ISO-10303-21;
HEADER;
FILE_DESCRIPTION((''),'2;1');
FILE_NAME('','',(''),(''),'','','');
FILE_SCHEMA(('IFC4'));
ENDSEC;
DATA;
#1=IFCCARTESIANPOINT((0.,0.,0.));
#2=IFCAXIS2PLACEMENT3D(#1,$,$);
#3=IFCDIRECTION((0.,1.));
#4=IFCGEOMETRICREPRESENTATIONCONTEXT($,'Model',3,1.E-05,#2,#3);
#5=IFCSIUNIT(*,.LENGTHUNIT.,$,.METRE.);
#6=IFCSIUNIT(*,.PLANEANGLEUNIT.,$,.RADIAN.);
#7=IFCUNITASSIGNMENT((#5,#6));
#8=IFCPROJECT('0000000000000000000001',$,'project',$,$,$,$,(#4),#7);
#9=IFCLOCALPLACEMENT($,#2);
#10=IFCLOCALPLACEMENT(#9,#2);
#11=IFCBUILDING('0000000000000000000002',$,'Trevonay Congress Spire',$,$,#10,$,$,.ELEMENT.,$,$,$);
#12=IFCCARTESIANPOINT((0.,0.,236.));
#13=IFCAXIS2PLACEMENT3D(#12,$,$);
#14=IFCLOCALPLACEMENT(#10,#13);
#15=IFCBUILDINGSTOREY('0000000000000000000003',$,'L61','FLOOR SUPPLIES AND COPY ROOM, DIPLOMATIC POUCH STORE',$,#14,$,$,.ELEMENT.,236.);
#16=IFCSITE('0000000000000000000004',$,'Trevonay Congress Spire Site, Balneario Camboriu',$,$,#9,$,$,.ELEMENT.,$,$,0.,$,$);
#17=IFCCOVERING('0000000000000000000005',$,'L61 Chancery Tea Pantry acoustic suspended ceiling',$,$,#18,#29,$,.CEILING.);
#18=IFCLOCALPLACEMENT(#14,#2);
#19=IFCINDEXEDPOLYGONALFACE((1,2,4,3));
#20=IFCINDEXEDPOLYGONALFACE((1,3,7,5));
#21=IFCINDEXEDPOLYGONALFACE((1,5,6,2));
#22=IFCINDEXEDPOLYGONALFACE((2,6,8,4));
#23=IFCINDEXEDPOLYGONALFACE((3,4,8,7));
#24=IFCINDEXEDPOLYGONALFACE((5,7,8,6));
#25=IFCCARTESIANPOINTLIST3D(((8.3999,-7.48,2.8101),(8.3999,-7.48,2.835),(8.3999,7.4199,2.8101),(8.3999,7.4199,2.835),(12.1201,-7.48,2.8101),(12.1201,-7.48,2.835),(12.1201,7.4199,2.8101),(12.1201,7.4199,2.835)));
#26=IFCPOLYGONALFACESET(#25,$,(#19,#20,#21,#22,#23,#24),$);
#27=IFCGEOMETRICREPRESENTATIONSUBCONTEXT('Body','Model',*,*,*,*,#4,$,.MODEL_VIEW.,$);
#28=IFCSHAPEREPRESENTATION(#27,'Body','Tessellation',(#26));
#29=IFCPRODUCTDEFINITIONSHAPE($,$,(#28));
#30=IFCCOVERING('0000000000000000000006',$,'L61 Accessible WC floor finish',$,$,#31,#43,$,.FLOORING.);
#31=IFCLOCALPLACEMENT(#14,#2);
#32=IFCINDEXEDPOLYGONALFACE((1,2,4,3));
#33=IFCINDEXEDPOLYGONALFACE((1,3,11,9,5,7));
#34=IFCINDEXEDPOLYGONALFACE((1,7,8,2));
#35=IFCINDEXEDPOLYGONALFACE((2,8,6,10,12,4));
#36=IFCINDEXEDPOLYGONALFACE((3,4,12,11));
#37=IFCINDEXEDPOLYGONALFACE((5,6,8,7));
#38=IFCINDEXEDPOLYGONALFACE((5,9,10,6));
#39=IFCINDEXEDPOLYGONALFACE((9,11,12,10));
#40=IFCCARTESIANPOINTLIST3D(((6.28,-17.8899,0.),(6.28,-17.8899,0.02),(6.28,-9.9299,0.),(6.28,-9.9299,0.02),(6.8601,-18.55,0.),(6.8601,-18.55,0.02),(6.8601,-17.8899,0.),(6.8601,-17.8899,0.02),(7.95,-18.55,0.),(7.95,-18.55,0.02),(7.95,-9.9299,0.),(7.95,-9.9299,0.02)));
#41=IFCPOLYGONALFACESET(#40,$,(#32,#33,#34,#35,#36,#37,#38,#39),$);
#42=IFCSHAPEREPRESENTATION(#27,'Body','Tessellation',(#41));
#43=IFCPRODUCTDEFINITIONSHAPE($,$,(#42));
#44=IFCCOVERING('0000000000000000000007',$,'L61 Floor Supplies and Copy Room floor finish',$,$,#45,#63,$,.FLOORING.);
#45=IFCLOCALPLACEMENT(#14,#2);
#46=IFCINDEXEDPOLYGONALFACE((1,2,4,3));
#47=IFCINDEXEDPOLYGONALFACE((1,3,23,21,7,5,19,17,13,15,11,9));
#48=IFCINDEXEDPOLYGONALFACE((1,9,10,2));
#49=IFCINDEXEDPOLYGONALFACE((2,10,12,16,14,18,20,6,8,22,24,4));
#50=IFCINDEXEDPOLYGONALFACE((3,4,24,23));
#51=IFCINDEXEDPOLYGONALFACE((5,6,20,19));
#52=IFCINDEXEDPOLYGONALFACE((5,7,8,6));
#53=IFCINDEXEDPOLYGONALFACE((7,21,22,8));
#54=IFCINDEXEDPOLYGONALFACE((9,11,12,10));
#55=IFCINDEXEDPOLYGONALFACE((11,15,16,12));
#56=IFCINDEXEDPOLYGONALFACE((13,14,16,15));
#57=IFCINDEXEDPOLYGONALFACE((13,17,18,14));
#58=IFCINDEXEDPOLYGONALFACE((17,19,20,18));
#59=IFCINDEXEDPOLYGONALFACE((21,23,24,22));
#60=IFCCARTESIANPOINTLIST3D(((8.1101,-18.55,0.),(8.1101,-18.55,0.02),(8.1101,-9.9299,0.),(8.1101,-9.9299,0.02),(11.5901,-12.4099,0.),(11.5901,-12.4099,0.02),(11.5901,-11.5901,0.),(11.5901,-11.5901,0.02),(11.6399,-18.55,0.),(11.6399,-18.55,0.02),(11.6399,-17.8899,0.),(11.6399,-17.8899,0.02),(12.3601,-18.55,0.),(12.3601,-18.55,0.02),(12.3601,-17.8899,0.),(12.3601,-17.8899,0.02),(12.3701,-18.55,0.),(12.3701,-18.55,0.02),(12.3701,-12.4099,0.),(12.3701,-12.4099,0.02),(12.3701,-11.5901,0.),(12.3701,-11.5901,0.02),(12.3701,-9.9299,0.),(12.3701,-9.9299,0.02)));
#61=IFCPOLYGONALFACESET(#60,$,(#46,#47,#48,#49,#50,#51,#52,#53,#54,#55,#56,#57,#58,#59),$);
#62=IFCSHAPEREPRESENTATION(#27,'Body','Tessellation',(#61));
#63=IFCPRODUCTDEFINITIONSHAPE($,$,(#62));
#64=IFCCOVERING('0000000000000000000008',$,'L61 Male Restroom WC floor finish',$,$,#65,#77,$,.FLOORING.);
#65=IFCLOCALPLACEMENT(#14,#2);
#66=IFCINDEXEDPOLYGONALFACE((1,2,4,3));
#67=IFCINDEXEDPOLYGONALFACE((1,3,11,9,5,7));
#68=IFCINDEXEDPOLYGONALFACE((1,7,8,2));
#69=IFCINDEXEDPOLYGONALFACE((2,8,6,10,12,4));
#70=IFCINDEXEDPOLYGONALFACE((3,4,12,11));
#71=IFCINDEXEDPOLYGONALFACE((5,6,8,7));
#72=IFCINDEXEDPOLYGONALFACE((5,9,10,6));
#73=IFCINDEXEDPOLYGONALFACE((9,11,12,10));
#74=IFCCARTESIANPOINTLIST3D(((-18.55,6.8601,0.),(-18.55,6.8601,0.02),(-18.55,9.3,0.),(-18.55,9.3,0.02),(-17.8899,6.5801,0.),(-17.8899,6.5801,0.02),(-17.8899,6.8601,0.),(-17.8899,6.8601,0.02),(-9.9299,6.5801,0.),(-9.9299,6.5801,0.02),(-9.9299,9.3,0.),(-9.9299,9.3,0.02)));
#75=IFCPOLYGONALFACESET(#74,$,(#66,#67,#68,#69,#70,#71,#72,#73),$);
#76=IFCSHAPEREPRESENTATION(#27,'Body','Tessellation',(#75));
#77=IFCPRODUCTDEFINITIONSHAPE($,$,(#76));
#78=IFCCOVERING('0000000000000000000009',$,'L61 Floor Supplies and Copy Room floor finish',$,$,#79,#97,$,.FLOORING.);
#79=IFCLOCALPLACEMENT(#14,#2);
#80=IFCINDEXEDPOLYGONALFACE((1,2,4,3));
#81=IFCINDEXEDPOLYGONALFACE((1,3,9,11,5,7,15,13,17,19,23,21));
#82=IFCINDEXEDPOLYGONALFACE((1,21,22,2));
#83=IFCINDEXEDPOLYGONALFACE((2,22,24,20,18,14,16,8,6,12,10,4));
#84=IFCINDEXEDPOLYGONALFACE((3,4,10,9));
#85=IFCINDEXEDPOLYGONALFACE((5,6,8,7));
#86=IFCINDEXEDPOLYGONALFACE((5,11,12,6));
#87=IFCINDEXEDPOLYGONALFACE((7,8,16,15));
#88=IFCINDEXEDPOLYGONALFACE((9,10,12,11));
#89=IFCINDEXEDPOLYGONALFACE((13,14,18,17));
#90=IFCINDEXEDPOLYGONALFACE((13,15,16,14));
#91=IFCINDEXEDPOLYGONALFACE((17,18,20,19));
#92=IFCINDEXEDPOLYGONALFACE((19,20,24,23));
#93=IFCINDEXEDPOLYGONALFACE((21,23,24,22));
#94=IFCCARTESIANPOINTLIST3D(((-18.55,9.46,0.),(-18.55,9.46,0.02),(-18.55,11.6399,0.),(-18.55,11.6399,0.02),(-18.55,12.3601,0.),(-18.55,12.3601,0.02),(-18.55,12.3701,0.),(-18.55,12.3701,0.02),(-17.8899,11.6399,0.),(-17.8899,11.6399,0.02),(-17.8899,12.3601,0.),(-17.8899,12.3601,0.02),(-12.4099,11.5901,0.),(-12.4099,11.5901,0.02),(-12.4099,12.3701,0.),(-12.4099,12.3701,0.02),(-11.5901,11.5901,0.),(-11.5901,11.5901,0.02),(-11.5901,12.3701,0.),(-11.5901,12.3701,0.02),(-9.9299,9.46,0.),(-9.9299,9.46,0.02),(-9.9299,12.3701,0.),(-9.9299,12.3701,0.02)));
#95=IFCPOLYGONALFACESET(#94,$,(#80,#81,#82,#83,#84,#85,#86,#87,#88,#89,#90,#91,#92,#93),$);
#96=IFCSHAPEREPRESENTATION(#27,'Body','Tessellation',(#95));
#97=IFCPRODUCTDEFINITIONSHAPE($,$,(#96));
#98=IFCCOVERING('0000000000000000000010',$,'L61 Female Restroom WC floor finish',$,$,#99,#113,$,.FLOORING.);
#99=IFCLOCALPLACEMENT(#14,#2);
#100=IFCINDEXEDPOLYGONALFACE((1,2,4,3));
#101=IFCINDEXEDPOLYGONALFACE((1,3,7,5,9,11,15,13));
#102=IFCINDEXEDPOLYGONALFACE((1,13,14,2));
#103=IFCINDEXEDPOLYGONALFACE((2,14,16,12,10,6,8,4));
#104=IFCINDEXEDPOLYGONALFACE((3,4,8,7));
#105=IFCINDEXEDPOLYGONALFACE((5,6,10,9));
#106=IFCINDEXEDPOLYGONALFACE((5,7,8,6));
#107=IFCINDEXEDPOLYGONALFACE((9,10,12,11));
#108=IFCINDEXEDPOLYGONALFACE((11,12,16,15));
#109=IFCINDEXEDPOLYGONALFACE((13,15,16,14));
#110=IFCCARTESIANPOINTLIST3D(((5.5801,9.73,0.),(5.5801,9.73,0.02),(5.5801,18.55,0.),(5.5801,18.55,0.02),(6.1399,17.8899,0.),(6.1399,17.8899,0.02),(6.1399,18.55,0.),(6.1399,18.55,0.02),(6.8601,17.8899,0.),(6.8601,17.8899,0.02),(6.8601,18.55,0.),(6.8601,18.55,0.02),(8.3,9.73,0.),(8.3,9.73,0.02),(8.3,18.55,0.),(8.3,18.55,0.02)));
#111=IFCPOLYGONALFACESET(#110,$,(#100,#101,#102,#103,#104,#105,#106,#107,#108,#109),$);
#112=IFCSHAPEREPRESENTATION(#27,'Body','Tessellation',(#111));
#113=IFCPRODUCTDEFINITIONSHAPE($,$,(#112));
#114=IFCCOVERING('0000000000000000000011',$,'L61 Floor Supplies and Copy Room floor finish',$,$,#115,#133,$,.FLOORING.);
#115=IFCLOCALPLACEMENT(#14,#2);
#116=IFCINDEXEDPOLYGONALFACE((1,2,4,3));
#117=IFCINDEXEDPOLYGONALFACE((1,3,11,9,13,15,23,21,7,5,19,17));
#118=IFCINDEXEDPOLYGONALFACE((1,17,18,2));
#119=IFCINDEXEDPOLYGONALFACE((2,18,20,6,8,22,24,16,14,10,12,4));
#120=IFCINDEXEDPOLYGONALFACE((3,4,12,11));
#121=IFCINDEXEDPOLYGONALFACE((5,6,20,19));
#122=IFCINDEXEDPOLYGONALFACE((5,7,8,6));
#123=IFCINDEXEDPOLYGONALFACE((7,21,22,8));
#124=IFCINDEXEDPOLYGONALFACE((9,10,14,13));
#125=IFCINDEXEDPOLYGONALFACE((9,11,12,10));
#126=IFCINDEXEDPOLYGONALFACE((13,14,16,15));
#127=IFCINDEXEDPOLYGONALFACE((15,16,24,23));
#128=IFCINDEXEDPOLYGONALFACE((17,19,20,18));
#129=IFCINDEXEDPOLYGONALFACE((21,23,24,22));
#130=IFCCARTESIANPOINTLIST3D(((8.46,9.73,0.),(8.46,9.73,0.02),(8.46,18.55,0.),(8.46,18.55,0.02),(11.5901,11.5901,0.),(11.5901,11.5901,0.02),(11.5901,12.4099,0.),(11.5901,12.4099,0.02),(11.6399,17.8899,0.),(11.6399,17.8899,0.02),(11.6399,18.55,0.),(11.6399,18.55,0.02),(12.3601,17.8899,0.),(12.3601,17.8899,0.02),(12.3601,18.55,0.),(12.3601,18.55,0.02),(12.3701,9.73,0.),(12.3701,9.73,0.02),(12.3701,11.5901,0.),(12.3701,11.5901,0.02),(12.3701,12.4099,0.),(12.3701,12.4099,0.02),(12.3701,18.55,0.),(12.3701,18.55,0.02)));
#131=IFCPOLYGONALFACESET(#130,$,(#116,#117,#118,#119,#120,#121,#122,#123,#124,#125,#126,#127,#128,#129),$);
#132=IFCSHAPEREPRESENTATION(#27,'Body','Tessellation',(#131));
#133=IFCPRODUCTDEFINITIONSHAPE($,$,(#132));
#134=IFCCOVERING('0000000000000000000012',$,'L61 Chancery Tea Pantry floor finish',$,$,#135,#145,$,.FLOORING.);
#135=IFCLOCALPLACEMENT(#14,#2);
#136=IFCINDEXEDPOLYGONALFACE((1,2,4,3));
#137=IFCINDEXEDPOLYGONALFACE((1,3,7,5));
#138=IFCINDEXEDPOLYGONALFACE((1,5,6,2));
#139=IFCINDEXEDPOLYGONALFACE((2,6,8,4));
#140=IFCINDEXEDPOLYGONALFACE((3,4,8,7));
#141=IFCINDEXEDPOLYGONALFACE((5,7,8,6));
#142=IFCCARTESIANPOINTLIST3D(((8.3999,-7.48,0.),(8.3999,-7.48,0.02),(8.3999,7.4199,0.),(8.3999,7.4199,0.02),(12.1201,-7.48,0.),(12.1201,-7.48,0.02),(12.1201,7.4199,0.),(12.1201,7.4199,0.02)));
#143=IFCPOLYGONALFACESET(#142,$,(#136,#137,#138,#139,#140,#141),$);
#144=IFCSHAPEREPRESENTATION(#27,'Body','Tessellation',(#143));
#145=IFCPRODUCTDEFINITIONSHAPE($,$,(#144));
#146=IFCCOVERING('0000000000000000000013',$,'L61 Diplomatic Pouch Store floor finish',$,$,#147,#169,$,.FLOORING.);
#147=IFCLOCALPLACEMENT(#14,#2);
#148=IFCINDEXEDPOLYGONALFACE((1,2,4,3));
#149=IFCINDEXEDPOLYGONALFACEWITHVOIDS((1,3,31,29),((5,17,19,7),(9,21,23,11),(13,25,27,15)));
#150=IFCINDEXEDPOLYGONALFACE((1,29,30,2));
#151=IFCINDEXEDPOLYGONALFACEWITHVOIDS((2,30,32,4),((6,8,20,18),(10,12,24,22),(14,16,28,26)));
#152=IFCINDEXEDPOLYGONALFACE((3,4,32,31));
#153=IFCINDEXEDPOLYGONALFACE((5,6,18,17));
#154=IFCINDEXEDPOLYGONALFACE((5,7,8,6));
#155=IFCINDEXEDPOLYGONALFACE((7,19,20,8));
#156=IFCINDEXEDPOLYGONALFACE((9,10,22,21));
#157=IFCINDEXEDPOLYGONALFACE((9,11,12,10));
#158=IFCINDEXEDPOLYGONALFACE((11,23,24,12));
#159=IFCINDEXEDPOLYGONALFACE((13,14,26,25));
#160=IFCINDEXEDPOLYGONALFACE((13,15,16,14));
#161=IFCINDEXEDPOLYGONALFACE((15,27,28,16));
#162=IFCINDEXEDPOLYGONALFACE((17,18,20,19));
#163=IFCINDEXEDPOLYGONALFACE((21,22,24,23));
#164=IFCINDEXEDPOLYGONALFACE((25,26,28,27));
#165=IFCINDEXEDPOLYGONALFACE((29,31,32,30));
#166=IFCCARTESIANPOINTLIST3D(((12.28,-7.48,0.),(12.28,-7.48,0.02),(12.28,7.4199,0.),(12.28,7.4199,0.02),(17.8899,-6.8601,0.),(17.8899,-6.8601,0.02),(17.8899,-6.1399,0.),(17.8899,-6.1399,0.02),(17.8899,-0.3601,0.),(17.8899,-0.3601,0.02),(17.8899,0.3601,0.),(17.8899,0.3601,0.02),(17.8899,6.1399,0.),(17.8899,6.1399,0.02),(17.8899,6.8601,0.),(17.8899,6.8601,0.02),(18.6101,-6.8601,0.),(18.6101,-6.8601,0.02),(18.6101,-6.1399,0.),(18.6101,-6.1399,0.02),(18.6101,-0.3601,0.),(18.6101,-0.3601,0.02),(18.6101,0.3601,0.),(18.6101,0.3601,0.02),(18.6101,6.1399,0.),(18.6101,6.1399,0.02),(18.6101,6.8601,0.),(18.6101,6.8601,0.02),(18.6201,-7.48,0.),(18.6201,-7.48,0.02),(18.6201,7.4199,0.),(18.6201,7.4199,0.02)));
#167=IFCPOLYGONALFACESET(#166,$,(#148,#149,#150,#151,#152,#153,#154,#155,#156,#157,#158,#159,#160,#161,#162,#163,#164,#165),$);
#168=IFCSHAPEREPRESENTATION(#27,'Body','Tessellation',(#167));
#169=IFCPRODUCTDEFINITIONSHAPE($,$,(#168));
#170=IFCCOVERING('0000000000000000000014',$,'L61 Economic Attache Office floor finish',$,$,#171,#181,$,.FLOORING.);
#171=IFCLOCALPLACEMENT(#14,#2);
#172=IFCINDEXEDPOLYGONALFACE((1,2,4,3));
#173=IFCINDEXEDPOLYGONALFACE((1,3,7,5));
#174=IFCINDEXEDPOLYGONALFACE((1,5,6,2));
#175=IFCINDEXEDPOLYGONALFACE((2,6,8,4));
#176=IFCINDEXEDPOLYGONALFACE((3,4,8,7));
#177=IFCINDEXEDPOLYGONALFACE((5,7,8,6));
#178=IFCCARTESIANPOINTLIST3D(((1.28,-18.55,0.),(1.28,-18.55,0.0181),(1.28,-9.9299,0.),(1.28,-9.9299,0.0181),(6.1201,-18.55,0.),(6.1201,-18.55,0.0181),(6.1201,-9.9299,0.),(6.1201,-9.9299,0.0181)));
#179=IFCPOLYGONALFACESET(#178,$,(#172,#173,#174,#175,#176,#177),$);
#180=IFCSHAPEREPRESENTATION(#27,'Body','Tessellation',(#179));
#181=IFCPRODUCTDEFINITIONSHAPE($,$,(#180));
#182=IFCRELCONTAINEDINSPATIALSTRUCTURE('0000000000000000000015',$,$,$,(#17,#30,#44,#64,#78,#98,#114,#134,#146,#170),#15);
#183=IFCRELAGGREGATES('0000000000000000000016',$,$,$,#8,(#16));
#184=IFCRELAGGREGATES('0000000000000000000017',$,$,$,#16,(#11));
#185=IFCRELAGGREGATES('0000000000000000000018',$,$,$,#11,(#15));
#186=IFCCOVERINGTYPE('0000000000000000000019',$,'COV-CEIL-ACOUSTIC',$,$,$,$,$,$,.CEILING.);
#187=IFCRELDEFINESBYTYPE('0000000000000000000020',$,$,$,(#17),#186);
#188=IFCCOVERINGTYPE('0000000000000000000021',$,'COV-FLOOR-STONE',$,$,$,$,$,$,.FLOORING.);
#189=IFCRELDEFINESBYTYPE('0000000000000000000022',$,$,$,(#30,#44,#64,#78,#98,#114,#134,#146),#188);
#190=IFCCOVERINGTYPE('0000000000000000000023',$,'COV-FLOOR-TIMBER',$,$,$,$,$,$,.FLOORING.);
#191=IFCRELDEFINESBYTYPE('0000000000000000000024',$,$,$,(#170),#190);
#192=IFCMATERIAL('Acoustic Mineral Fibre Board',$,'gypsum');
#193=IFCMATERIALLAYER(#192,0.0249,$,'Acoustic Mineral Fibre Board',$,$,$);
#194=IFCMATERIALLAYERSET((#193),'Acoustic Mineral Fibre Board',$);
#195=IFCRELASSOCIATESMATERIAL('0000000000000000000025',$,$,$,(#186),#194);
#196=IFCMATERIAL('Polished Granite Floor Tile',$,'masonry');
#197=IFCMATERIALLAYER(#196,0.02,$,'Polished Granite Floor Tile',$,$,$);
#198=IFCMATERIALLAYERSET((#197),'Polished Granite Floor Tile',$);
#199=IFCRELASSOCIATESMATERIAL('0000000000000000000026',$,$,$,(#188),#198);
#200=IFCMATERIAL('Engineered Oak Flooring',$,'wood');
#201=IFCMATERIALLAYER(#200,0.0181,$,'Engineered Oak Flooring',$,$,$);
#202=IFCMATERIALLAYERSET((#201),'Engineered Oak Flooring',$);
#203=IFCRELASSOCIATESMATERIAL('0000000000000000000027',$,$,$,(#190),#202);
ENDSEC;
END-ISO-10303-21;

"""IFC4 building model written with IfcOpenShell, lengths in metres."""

from ifc_helpers import new_model, si_unit, direction, frame, origin, place, context, subcontext, project, spatial, polyline, outline, extrude, material, layer, layer_set, type_object, element, save


model = new_model("IFC4")

# Units and contexts
model_context = context("Model", 3, precision=1e-05, world=origin(), true_north=direction((0.0, 1.0)))
body_context = subcontext(model_context, "Body", "Model", "MODEL_VIEW")
ifc_project = project(units=[si_unit("LENGTHUNIT", "METRE"), si_unit("PLANEANGLEUNIT", "RADIAN")], contexts=[model_context])

# Site, building, storey
site_placement = place(None, origin())
site = spatial("IfcSite", under=ifc_project, at=site_placement, Name="Trevonay Congress Spire Site, Balneario Camboriu", CompositionType="ELEMENT", RefElevation=0.0)
building_placement = place(site_placement, origin())
building = spatial("IfcBuilding", under=site, at=building_placement, Name="Trevonay Congress Spire", CompositionType="ELEMENT")
storey_placement = place(building_placement, frame((0.0, 0.0, 236.0)))
storey = spatial("IfcBuildingStorey", under=building, at=storey_placement, Name="L61", Description="FLOOR SUPPLIES AND COPY ROOM, DIPLOMATIC POUCH STORE", CompositionType="ELEMENT", Elevation=236.0)

# Coverings
ifc_material_1 = material(Name="Acoustic Mineral Fibre Board", Category="gypsum")
ifc_layer_1 = layer(ifc_material_1, 0.0249, Name="Acoustic Mineral Fibre Board")
ifc_layer_set_1 = layer_set([ifc_layer_1], Name="Acoustic Mineral Fibre Board")
covering_type_1 = type_object("IfcCoveringType", Name="COV-CEIL-ACOUSTIC", PredefinedType="CEILING", material=ifc_layer_set_1)
covering_1_placement = place(storey_placement, frame((0.0, 0.0, 2.8101)))
element("IfcCovering", 1, at=covering_1_placement, inside=storey, type_object=covering_type_1, Name="L61 Chancery Tea Pantry acoustic suspended ceiling", PredefinedType="CEILING", context=body_context, shape_type="SweptSolid", body=[
    extrude(outline(polyline([(8.3999, -7.48), (12.1201, -7.48), (12.1201, 7.4199), (8.3999, 7.4199), (8.3999, -7.48)])), origin(), (0.0, 0.0, 1.0), 0.0249),
])
ifc_material_2 = material(Name="Polished Granite Floor Tile", Category="masonry")
ifc_layer_2 = layer(ifc_material_2, 0.02, Name="Polished Granite Floor Tile")
ifc_layer_set_2 = layer_set([ifc_layer_2], Name="Polished Granite Floor Tile")
covering_type_2 = type_object("IfcCoveringType", Name="COV-FLOOR-STONE", PredefinedType="FLOORING", material=ifc_layer_set_2)
covering_2_placement = place(storey_placement, origin())
element("IfcCovering", 2, at=covering_2_placement, inside=storey, type_object=covering_type_2, Name="L61 Accessible WC floor finish", PredefinedType="FLOORING", context=body_context, shape_type="SweptSolid", body=[
    extrude(outline(polyline([(6.28, -9.9299), (7.95, -9.9299), (7.95, -18.55), (6.8601, -18.55), (6.8601, -17.8899), (6.28, -17.8899), (6.28, -9.9299)])), origin(), (0.0, 0.0, 1.0), 0.02),
])
covering_3_placement = place(storey_placement, origin())
element("IfcCovering", 3, at=covering_3_placement, inside=storey, type_object=covering_type_2, Name="L61 Floor Supplies and Copy Room floor finish", PredefinedType="FLOORING", context=body_context, shape_type="SweptSolid", body=[
    extrude(outline(polyline([(8.1101, -18.55), (8.1101, -9.9299), (12.3701, -9.9299), (12.3701, -11.5901), (11.5901, -11.5901), (11.5901, -12.4099), (12.3701, -12.4099), (12.3701, -18.55), (12.3601, -18.55), (12.3601, -17.8899), (11.6399, -17.8899), (11.6399, -18.55), (8.1101, -18.55)])), origin(), (0.0, 0.0, 1.0), 0.02),
])
covering_4_placement = place(storey_placement, origin())
element("IfcCovering", 4, at=covering_4_placement, inside=storey, type_object=covering_type_2, Name="L61 Male Restroom WC floor finish", PredefinedType="FLOORING", context=body_context, shape_type="SweptSolid", body=[
    extrude(outline(polyline([(-18.55, 9.3), (-9.9299, 9.3), (-9.9299, 6.5801), (-17.8899, 6.5801), (-17.8899, 6.8601), (-18.55, 6.8601), (-18.55, 9.3)])), origin(), (0.0, 0.0, 1.0), 0.02),
])
covering_5_placement = place(storey_placement, origin())
element("IfcCovering", 5, at=covering_5_placement, inside=storey, type_object=covering_type_2, Name="L61 Floor Supplies and Copy Room floor finish", PredefinedType="FLOORING", context=body_context, shape_type="SweptSolid", body=[
    extrude(outline(polyline([(-9.9299, 12.3701), (-9.9299, 9.46), (-18.55, 9.46), (-18.55, 11.6399), (-17.8899, 11.6399), (-17.8899, 12.3601), (-18.55, 12.3601), (-18.55, 12.3701), (-12.4099, 12.3701), (-12.4099, 11.5901), (-11.5901, 11.5901), (-11.5901, 12.3701), (-9.9299, 12.3701)])), origin(), (0.0, 0.0, 1.0), 0.02),
])
covering_6_placement = place(storey_placement, origin())
element("IfcCovering", 6, at=covering_6_placement, inside=storey, type_object=covering_type_2, Name="L61 Female Restroom WC floor finish", PredefinedType="FLOORING", context=body_context, shape_type="SweptSolid", body=[
    extrude(outline(polyline([(8.3, 18.55), (8.3, 9.73), (5.5801, 9.73), (5.5801, 18.55), (6.1399, 18.55), (6.1399, 17.8899), (6.8601, 17.8899), (6.8601, 18.55), (8.3, 18.55)])), origin(), (0.0, 0.0, 1.0), 0.02),
])
covering_7_placement = place(storey_placement, origin())
element("IfcCovering", 7, at=covering_7_placement, inside=storey, type_object=covering_type_2, Name="L61 Floor Supplies and Copy Room floor finish", PredefinedType="FLOORING", context=body_context, shape_type="SweptSolid", body=[
    extrude(outline(polyline([(12.3701, 9.73), (8.46, 9.73), (8.46, 18.55), (11.6399, 18.55), (11.6399, 17.8899), (12.3601, 17.8899), (12.3601, 18.55), (12.3701, 18.55), (12.3701, 12.4099), (11.5901, 12.4099), (11.5901, 11.5901), (12.3701, 11.5901), (12.3701, 9.73)])), origin(), (0.0, 0.0, 1.0), 0.02),
])
covering_8_placement = place(storey_placement, origin())
element("IfcCovering", 8, at=covering_8_placement, inside=storey, type_object=covering_type_2, Name="L61 Chancery Tea Pantry floor finish", PredefinedType="FLOORING", context=body_context, shape_type="SweptSolid", body=[
    extrude(outline(polyline([(8.3999, -7.48), (12.1201, -7.48), (12.1201, 7.4199), (8.3999, 7.4199), (8.3999, -7.48)])), origin(), (0.0, 0.0, 1.0), 0.02),
])
covering_9_placement = place(storey_placement, origin())
element("IfcCovering", 9, at=covering_9_placement, inside=storey, type_object=covering_type_2, Name="L61 Diplomatic Pouch Store floor finish", PredefinedType="FLOORING", context=body_context, shape_type="SweptSolid", body=[
    extrude(outline(polyline([(12.28, 7.4199), (18.6201, 7.4199), (18.6201, -7.48), (12.28, -7.48), (12.28, 7.4199)]), holes=[polyline([(17.8899, -6.8601), (18.6101, -6.8601), (18.6101, -6.1399), (17.8899, -6.1399), (17.8899, -6.8601)]), polyline([(17.8899, 0.3601), (17.8899, -0.3601), (18.6101, -0.3601), (18.6101, 0.3601), (17.8899, 0.3601)]), polyline([(17.8899, 6.8601), (17.8899, 6.1399), (18.6101, 6.1399), (18.6101, 6.8601), (17.8899, 6.8601)])]), origin(), (0.0, 0.0, 1.0), 0.02),
])
ifc_material_3 = material(Name="Engineered Oak Flooring", Category="wood")
ifc_layer_3 = layer(ifc_material_3, 0.0181, Name="Engineered Oak Flooring")
ifc_layer_set_3 = layer_set([ifc_layer_3], Name="Engineered Oak Flooring")
covering_type_3 = type_object("IfcCoveringType", Name="COV-FLOOR-TIMBER", PredefinedType="FLOORING", material=ifc_layer_set_3)
covering_10_placement = place(storey_placement, origin())
element("IfcCovering", 10, at=covering_10_placement, inside=storey, type_object=covering_type_3, Name="L61 Economic Attache Office floor finish", PredefinedType="FLOORING", context=body_context, shape_type="SweptSolid", body=[
    extrude(outline(polyline([(1.28, -18.55), (6.1201, -18.55), (6.1201, -9.9299), (1.28, -9.9299), (1.28, -18.55)])), origin(), (0.0, 0.0, 1.0), 0.0181),
])

save(model, "model.ifc")
